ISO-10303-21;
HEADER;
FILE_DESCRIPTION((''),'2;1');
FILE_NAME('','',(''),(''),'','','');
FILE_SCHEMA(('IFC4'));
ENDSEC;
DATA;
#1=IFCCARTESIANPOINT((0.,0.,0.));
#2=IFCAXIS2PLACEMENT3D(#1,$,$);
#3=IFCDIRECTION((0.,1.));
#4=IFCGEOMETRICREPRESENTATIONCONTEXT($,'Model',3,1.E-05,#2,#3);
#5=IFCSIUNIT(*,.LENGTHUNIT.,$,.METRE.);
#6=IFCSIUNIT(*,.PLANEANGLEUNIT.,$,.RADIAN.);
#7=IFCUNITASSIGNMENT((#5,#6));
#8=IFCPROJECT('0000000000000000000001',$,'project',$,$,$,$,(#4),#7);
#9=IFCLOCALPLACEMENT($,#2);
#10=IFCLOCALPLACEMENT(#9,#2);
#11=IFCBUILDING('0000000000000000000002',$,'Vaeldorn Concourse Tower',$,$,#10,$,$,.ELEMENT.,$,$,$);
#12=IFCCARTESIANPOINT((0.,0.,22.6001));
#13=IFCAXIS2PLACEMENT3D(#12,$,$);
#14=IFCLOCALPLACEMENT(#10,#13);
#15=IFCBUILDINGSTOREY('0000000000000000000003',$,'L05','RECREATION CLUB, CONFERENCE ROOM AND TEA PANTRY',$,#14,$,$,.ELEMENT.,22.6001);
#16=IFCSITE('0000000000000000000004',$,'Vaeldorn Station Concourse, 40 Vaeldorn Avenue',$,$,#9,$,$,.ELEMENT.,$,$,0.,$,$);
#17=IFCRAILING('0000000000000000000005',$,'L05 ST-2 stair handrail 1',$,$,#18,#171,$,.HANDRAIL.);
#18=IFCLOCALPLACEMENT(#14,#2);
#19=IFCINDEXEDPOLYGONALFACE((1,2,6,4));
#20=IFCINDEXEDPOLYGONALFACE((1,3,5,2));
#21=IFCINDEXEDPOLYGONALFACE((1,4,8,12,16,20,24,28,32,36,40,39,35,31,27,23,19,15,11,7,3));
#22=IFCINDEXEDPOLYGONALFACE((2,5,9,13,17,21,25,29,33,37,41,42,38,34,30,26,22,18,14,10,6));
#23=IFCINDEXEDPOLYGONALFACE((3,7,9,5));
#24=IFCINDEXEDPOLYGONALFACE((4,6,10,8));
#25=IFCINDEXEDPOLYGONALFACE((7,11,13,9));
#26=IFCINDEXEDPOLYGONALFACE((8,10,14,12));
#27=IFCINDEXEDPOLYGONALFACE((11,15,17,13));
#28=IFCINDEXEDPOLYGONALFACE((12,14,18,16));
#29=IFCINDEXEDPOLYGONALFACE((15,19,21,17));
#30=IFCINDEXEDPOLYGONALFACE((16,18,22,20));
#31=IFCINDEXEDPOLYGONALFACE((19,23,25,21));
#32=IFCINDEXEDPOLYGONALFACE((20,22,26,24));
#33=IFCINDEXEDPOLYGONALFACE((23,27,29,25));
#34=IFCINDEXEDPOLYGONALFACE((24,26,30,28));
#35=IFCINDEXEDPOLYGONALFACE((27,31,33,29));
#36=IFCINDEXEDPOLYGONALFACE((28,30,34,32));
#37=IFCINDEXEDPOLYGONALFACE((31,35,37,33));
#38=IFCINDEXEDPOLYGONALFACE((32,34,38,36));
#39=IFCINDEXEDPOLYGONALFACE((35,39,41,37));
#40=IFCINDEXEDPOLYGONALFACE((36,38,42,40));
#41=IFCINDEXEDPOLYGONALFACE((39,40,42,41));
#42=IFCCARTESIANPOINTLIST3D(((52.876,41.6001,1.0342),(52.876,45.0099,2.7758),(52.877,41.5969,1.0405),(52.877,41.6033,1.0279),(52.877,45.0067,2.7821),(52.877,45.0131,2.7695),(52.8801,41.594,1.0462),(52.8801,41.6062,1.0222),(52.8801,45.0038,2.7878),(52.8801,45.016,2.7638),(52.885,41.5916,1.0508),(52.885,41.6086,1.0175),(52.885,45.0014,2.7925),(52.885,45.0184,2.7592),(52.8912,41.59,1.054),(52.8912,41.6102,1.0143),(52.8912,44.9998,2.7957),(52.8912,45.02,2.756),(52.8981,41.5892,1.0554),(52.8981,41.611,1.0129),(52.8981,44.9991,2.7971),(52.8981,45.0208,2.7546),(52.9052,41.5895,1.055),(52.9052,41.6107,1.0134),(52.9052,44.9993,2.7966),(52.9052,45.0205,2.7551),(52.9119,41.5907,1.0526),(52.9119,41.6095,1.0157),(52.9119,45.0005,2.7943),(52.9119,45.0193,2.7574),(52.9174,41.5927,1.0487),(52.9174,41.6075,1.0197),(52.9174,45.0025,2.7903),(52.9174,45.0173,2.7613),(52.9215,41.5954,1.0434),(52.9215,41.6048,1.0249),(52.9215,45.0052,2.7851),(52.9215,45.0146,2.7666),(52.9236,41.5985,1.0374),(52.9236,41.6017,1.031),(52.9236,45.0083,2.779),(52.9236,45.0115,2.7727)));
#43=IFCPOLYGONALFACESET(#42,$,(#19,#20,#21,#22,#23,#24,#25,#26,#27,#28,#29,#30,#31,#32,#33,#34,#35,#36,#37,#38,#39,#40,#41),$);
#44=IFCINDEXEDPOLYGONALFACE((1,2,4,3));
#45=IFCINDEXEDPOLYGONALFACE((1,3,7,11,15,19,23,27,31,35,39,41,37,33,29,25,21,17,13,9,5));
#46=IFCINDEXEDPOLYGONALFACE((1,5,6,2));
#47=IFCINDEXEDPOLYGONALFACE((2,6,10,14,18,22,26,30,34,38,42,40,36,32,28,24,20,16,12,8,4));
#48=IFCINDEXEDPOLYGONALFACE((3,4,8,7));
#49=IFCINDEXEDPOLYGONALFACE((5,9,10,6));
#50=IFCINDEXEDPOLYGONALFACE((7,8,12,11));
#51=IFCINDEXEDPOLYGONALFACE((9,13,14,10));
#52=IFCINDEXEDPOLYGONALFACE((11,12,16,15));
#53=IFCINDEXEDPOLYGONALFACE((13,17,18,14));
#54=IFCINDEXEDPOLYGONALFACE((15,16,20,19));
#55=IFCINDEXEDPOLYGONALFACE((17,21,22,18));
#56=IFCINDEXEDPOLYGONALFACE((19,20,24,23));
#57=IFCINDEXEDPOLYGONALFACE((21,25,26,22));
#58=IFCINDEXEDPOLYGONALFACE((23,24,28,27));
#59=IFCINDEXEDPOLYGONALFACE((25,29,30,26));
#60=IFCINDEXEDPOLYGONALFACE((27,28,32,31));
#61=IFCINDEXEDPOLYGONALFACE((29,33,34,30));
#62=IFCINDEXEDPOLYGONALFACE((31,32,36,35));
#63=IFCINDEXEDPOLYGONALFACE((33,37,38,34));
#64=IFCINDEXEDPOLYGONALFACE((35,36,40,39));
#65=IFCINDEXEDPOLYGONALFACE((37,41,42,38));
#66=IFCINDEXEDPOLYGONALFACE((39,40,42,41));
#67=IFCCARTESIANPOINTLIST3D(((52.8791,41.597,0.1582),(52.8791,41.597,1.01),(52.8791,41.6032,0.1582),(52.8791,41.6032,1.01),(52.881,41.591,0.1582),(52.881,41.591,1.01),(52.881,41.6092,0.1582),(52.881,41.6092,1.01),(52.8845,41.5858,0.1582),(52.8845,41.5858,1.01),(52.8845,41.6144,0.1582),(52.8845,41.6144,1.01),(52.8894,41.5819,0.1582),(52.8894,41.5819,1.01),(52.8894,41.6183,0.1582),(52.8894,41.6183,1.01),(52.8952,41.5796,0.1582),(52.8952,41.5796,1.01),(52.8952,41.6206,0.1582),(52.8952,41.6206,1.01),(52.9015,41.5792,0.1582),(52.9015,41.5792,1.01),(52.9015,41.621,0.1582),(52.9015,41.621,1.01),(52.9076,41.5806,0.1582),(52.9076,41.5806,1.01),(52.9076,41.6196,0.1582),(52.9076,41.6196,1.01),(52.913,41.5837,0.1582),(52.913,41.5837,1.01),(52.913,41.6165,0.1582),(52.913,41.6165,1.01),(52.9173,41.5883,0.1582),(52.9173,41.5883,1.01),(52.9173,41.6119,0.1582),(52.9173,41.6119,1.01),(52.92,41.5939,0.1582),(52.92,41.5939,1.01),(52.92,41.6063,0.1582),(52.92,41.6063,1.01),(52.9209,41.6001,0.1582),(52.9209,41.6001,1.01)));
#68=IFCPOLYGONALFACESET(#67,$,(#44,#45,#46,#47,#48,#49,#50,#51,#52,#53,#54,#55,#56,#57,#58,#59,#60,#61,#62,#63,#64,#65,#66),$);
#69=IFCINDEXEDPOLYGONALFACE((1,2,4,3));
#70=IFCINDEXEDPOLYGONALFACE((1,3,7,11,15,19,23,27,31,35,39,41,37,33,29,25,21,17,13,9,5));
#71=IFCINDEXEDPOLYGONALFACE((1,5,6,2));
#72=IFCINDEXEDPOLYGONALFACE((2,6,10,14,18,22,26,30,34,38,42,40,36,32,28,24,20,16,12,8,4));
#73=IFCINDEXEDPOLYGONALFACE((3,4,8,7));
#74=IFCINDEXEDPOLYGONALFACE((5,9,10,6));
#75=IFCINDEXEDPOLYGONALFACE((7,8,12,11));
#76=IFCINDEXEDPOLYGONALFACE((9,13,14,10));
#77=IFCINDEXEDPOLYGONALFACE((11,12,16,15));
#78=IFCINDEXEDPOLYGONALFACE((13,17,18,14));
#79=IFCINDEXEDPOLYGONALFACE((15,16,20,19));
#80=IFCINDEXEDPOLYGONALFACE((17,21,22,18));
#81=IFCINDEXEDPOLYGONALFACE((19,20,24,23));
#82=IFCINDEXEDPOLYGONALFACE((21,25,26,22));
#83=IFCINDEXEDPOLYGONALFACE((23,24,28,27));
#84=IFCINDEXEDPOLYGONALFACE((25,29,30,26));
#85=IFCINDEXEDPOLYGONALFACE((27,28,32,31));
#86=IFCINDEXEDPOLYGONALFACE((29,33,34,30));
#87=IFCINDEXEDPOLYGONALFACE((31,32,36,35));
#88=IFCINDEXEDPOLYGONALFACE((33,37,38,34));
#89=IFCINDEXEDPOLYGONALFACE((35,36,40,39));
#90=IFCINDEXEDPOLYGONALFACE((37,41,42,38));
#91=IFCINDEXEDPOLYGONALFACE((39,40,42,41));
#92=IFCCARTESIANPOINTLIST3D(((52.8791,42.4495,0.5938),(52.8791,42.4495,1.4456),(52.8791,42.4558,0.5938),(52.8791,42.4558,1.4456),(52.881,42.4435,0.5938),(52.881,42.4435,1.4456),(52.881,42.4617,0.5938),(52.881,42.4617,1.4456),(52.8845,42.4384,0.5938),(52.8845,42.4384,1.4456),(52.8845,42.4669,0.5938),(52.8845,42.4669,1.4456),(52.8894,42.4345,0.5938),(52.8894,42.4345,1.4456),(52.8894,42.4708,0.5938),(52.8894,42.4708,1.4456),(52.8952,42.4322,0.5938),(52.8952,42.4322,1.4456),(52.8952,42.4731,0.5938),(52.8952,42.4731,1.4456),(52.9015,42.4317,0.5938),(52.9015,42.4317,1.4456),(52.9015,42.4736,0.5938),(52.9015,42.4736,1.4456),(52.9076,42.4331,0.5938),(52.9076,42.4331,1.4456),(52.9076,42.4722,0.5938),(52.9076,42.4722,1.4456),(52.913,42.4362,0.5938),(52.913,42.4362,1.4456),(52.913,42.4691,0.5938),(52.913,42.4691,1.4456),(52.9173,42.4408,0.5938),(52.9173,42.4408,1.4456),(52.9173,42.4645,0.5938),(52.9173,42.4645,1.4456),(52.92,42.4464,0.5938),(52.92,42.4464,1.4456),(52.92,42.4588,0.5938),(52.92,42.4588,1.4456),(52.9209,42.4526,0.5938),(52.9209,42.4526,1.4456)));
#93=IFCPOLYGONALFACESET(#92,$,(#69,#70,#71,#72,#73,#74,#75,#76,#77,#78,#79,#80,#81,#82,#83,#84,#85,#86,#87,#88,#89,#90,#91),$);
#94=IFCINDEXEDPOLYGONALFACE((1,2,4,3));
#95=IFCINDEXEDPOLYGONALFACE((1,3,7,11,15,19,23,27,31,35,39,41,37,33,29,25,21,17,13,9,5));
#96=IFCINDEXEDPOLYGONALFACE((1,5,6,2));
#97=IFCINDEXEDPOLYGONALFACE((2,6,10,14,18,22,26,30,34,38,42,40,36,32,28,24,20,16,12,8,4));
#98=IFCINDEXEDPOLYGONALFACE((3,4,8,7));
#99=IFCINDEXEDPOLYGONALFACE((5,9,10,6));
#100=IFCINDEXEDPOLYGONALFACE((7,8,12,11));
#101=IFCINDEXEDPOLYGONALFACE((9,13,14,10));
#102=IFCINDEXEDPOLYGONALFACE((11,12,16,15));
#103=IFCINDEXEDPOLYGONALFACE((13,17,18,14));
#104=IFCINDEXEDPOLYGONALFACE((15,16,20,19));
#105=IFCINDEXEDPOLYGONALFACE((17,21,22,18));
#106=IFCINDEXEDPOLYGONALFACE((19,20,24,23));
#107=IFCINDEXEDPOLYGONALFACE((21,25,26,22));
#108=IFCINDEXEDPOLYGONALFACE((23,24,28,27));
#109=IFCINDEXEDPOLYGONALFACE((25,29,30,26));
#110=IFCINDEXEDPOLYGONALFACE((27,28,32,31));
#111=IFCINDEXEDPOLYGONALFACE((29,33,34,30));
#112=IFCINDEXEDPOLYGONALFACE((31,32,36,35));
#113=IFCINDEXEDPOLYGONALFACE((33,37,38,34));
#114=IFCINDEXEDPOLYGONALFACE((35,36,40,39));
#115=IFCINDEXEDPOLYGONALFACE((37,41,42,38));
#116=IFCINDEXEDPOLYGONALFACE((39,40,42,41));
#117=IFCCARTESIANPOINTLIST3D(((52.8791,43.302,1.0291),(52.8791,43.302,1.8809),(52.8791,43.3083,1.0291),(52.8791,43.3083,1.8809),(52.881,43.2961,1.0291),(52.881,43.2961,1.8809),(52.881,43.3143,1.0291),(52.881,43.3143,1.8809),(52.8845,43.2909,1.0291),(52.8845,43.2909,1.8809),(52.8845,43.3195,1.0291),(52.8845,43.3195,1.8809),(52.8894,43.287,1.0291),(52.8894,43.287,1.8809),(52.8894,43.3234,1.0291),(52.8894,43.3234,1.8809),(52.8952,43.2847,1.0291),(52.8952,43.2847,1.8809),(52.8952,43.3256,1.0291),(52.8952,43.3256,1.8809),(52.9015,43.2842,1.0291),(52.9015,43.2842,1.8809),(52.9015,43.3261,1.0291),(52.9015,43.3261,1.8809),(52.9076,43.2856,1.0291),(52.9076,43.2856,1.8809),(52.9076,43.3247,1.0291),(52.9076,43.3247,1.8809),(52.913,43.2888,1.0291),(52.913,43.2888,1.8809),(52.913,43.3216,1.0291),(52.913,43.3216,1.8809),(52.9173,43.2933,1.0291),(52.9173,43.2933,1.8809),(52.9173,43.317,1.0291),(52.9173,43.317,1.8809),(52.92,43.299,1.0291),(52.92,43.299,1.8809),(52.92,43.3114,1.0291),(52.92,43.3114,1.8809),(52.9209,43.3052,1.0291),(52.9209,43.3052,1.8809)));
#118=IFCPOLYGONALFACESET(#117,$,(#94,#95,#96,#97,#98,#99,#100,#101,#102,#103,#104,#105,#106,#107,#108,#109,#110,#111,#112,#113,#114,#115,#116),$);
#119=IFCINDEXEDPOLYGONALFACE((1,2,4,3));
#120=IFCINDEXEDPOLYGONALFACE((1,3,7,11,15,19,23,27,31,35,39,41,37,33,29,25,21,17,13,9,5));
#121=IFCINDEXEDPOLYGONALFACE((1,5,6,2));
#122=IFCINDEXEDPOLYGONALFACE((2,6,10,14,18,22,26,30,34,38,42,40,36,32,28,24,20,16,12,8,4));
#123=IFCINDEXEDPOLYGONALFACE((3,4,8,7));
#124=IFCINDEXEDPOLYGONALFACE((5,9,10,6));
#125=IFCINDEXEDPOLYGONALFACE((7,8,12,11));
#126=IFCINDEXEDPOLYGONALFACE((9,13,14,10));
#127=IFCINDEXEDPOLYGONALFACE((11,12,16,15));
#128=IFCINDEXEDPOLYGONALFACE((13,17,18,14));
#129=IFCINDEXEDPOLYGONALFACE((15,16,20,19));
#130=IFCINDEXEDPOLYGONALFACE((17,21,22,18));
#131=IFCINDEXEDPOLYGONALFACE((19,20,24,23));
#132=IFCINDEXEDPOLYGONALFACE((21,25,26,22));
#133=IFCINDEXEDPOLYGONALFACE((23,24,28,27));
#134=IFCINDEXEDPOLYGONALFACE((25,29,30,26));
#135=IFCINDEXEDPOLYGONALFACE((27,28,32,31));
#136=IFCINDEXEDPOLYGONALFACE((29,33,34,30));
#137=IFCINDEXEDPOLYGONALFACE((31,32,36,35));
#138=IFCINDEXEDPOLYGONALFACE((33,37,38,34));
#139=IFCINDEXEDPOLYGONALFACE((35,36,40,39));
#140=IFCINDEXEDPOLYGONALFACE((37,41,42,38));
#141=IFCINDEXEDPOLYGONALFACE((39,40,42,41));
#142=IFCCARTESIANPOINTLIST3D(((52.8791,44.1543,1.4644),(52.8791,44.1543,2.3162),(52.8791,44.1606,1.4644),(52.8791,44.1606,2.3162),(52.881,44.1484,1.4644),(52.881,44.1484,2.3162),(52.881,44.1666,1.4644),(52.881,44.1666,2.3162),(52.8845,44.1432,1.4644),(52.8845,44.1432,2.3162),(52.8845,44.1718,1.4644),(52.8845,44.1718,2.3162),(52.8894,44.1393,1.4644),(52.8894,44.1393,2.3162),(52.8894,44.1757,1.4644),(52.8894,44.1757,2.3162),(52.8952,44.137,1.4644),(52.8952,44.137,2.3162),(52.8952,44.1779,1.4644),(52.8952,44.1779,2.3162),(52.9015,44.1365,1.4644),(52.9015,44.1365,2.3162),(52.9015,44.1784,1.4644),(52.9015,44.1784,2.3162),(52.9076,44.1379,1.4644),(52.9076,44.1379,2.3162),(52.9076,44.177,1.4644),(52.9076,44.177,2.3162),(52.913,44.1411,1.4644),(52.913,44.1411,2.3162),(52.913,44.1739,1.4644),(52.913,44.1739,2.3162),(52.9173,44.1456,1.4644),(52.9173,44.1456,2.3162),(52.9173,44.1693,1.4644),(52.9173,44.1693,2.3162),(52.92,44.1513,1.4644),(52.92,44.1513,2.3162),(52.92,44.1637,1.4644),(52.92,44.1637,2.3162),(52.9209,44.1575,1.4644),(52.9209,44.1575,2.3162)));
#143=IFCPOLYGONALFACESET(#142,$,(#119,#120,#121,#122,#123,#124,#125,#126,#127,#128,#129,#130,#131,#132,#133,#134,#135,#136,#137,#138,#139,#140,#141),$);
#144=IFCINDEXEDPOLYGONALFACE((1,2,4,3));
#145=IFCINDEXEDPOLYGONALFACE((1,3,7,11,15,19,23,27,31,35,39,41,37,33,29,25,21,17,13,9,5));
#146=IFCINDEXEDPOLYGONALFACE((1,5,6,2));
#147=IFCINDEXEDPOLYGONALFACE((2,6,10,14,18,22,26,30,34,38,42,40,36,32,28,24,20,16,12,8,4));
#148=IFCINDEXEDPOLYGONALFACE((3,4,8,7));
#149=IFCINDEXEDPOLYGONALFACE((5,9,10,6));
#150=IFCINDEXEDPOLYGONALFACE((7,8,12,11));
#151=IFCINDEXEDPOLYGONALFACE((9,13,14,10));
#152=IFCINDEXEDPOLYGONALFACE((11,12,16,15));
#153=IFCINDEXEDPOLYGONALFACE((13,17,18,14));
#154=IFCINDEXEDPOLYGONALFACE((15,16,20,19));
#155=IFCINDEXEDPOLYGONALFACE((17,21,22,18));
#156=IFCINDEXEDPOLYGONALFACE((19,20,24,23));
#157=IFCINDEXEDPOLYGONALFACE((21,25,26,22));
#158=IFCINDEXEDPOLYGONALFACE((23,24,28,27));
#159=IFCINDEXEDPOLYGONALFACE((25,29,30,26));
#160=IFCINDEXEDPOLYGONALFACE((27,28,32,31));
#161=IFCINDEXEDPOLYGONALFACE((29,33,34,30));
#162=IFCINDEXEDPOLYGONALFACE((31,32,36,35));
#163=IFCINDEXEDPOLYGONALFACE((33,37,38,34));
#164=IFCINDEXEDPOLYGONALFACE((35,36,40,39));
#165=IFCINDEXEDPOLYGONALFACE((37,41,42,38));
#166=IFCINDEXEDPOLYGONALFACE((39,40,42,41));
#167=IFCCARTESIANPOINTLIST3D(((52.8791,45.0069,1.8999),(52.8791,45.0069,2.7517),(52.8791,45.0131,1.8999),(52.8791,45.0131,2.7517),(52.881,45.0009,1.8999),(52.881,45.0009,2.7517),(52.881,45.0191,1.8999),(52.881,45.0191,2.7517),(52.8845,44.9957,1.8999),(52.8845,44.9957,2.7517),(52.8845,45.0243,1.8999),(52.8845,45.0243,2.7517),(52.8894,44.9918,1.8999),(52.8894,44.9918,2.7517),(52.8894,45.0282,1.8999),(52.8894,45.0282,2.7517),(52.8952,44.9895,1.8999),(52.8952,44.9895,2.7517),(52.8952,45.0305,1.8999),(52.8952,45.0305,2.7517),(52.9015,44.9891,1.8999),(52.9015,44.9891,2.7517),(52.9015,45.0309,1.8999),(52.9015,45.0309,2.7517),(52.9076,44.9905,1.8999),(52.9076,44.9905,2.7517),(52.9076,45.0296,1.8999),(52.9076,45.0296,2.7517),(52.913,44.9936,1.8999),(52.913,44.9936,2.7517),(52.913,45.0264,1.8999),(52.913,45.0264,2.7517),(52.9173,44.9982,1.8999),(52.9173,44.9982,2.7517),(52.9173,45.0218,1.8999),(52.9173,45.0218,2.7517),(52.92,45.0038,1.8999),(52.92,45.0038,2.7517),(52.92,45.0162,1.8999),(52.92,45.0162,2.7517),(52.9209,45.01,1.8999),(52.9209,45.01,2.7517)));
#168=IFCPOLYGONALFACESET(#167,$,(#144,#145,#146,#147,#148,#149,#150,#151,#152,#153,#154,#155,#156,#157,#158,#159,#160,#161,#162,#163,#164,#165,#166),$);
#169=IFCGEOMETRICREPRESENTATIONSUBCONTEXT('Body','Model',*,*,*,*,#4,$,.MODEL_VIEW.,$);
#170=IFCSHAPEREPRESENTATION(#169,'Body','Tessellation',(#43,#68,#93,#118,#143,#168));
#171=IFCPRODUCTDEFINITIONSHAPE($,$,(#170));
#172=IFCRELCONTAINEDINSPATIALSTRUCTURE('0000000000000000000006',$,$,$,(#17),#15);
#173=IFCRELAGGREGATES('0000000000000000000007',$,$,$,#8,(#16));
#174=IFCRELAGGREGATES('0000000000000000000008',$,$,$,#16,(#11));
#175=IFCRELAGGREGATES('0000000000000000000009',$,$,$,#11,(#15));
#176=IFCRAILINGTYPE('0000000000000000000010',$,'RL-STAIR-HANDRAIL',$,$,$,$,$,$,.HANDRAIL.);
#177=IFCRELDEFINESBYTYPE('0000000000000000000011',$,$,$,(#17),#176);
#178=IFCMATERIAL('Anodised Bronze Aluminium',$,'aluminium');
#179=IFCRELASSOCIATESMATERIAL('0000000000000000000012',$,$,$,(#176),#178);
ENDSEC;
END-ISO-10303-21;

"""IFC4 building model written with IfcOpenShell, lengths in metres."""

from ifc_helpers import new_model, si_unit, direction, frame, origin, origin_2d, place, context, subcontext, project, spatial, circle, extrude, material, type_object, element, save


model = new_model("IFC4")

# Units and contexts
model_context = context("Model", 3, precision=1e-05, world=origin(), true_north=direction((0.0, 1.0)))
body_context = subcontext(model_context, "Body", "Model", "MODEL_VIEW")
ifc_project = project(units=[si_unit("LENGTHUNIT", "METRE"), si_unit("PLANEANGLEUNIT", "RADIAN")], contexts=[model_context])

# Site, building, storey
site_placement = place(None, origin())
site = spatial("IfcSite", under=ifc_project, at=site_placement, Name="Vaeldorn Station Concourse, 40 Vaeldorn Avenue", CompositionType="ELEMENT", RefElevation=0.0)
building_placement = place(site_placement, origin())
building = spatial("IfcBuilding", under=site, at=building_placement, Name="Vaeldorn Concourse Tower", CompositionType="ELEMENT")
storey_placement = place(building_placement, frame((0.0, 0.0, 22.6001)))
storey = spatial("IfcBuildingStorey", under=building, at=storey_placement, Name="L05", Description="RECREATION CLUB, CONFERENCE ROOM AND TEA PANTRY", CompositionType="ELEMENT", Elevation=22.6001)

# Shared definitions
ifc_material_1 = material(Name="Anodised Bronze Aluminium", Category="aluminium")

# Railing
railing_type_1 = type_object("IfcRailingType", Name="RL-STAIR-HANDRAIL", PredefinedType="HANDRAIL", material=ifc_material_1)
railing_1_placement = place(storey_placement, frame((52.8999, 41.6001, 0.1582)))
element("IfcRailing", 1, at=railing_1_placement, inside=storey, type_object=railing_type_1, Name="L05 ST-2 stair handrail 1", PredefinedType="HANDRAIL", context=body_context, shape_type="SweptSolid", body=[
    extrude(circle(Radius=0.0239, at=origin_2d()), frame((0.0, 0.0, 0.876), z_axis=(0.0, 0.890556, 0.454874), x_axis=(-1.0, 0.0, 0.0)), (0.0, 0.0, 1.0), 3.8289),
    extrude(circle(Radius=0.021, at=origin_2d()), origin(), (0.0, 0.0, 1.0), 0.8518),
    extrude(circle(Radius=0.021, at=origin_2d()), frame((0.0, 0.8525, 0.4355)), (0.0, 0.0, 1.0), 0.8518),
    extrude(circle(Radius=0.021, at=origin_2d()), frame((0.0, 1.7051, 0.8708)), (0.0, 0.0, 1.0), 0.8518),
    extrude(circle(Radius=0.021, at=origin_2d()), frame((0.0, 2.5574, 1.3062)), (0.0, 0.0, 1.0), 0.8518),
    extrude(circle(Radius=0.021, at=origin_2d()), frame((0.0, 3.4099, 1.7417)), (0.0, 0.0, 1.0), 0.8518),
])

save(model, "model.ifc")
